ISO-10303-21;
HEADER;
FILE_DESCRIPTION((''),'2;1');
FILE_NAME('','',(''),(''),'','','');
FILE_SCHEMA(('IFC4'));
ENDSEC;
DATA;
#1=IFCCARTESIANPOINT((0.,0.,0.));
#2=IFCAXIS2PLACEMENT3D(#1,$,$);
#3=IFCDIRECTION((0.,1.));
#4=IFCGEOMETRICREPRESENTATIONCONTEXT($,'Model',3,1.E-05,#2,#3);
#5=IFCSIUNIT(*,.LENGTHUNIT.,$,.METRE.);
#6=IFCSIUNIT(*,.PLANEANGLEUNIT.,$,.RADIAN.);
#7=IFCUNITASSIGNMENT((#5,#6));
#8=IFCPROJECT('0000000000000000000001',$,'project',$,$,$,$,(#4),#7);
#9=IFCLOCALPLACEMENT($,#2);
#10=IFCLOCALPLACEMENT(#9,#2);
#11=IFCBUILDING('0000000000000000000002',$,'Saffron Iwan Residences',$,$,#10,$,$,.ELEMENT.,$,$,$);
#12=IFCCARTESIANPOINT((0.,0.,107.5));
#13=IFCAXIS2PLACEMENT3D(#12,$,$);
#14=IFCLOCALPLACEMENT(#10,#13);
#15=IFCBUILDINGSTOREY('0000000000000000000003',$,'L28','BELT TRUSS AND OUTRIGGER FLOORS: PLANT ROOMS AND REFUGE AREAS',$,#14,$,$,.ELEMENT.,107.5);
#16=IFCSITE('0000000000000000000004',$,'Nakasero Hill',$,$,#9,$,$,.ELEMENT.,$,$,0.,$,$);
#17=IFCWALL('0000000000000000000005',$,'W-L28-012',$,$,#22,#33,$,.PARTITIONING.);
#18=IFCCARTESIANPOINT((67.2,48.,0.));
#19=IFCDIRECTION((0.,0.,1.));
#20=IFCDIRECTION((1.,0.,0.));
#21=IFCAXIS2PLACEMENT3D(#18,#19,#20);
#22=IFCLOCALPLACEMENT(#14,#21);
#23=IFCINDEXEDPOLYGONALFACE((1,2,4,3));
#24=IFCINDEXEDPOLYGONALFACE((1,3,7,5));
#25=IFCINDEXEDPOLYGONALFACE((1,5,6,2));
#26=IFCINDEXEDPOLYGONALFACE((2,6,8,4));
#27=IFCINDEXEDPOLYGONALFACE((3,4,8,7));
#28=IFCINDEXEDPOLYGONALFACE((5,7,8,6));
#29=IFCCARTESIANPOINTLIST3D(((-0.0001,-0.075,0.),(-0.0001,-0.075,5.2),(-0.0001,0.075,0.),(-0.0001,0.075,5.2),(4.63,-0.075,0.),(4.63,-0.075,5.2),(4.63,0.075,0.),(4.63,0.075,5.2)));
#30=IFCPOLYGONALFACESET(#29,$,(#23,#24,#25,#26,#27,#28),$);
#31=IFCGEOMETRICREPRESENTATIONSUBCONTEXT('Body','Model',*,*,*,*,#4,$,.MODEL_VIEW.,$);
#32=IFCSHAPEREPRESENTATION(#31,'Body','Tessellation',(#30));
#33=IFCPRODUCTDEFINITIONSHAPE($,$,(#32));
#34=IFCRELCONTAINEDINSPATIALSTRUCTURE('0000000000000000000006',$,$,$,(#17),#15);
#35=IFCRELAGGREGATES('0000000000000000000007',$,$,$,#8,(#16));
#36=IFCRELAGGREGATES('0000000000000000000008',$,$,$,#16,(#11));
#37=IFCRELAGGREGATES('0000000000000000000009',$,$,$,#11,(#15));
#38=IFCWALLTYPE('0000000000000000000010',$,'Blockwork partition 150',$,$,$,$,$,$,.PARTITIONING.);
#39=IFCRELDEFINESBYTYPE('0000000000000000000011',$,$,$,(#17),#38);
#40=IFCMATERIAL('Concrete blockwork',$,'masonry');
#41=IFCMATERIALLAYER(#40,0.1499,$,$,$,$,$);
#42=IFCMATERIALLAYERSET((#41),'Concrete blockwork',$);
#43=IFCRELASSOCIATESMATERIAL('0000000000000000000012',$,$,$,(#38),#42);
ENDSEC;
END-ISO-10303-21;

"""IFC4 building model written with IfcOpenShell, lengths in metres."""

from ifc_helpers import new_model, si_unit, direction, frame, frame_2d, origin, place, context, subcontext, project, spatial, rectangle, extrude, material, layer, layer_set, type_object, element, save


model = new_model("IFC4")

# Units and contexts
model_context = context("Model", 3, precision=1e-05, world=origin(), true_north=direction((0.0, 1.0)))
body_context = subcontext(model_context, "Body", "Model", "MODEL_VIEW")
ifc_project = project(units=[si_unit("LENGTHUNIT", "METRE"), si_unit("PLANEANGLEUNIT", "RADIAN")], contexts=[model_context])

# Site, building, storey
site_placement = place(None, origin())
site = spatial("IfcSite", under=ifc_project, at=site_placement, Name="Nakasero Hill", CompositionType="ELEMENT", RefElevation=0.0)
building_placement = place(site_placement, origin())
building = spatial("IfcBuilding", under=site, at=building_placement, Name="Saffron Iwan Residences", CompositionType="ELEMENT")
storey_placement = place(building_placement, frame((0.0, 0.0, 107.5)))
storey = spatial("IfcBuildingStorey", under=building, at=storey_placement, Name="L28", Description="BELT TRUSS AND OUTRIGGER FLOORS: PLANT ROOMS AND REFUGE AREAS", CompositionType="ELEMENT", Elevation=107.5)

# Wall
ifc_material_1 = material(Name="Concrete blockwork", Category="masonry")
ifc_layer_1 = layer(ifc_material_1, 0.1499)
ifc_layer_set_1 = layer_set([ifc_layer_1], Name="Concrete blockwork")
wall_type_1 = type_object("IfcWallType", Name="Blockwork partition 150", PredefinedType="PARTITIONING", material=ifc_layer_set_1)
wall_1_placement = place(storey_placement, frame((67.2, 48.0, 0.0), z_axis=(0.0, 0.0, 1.0), x_axis=(1.0, 0.0, 0.0)))
element("IfcWall", 1, at=wall_1_placement, inside=storey, type_object=wall_type_1, Name="W-L28-012", PredefinedType="PARTITIONING", context=body_context, shape_type="SweptSolid", body=[
    extrude(rectangle(XDim=4.6301, YDim=0.1499, at=frame_2d((2.3149, 0.0))), origin(), (0.0, 0.0, 1.0), 5.2),
])

save(model, "model.ifc")
